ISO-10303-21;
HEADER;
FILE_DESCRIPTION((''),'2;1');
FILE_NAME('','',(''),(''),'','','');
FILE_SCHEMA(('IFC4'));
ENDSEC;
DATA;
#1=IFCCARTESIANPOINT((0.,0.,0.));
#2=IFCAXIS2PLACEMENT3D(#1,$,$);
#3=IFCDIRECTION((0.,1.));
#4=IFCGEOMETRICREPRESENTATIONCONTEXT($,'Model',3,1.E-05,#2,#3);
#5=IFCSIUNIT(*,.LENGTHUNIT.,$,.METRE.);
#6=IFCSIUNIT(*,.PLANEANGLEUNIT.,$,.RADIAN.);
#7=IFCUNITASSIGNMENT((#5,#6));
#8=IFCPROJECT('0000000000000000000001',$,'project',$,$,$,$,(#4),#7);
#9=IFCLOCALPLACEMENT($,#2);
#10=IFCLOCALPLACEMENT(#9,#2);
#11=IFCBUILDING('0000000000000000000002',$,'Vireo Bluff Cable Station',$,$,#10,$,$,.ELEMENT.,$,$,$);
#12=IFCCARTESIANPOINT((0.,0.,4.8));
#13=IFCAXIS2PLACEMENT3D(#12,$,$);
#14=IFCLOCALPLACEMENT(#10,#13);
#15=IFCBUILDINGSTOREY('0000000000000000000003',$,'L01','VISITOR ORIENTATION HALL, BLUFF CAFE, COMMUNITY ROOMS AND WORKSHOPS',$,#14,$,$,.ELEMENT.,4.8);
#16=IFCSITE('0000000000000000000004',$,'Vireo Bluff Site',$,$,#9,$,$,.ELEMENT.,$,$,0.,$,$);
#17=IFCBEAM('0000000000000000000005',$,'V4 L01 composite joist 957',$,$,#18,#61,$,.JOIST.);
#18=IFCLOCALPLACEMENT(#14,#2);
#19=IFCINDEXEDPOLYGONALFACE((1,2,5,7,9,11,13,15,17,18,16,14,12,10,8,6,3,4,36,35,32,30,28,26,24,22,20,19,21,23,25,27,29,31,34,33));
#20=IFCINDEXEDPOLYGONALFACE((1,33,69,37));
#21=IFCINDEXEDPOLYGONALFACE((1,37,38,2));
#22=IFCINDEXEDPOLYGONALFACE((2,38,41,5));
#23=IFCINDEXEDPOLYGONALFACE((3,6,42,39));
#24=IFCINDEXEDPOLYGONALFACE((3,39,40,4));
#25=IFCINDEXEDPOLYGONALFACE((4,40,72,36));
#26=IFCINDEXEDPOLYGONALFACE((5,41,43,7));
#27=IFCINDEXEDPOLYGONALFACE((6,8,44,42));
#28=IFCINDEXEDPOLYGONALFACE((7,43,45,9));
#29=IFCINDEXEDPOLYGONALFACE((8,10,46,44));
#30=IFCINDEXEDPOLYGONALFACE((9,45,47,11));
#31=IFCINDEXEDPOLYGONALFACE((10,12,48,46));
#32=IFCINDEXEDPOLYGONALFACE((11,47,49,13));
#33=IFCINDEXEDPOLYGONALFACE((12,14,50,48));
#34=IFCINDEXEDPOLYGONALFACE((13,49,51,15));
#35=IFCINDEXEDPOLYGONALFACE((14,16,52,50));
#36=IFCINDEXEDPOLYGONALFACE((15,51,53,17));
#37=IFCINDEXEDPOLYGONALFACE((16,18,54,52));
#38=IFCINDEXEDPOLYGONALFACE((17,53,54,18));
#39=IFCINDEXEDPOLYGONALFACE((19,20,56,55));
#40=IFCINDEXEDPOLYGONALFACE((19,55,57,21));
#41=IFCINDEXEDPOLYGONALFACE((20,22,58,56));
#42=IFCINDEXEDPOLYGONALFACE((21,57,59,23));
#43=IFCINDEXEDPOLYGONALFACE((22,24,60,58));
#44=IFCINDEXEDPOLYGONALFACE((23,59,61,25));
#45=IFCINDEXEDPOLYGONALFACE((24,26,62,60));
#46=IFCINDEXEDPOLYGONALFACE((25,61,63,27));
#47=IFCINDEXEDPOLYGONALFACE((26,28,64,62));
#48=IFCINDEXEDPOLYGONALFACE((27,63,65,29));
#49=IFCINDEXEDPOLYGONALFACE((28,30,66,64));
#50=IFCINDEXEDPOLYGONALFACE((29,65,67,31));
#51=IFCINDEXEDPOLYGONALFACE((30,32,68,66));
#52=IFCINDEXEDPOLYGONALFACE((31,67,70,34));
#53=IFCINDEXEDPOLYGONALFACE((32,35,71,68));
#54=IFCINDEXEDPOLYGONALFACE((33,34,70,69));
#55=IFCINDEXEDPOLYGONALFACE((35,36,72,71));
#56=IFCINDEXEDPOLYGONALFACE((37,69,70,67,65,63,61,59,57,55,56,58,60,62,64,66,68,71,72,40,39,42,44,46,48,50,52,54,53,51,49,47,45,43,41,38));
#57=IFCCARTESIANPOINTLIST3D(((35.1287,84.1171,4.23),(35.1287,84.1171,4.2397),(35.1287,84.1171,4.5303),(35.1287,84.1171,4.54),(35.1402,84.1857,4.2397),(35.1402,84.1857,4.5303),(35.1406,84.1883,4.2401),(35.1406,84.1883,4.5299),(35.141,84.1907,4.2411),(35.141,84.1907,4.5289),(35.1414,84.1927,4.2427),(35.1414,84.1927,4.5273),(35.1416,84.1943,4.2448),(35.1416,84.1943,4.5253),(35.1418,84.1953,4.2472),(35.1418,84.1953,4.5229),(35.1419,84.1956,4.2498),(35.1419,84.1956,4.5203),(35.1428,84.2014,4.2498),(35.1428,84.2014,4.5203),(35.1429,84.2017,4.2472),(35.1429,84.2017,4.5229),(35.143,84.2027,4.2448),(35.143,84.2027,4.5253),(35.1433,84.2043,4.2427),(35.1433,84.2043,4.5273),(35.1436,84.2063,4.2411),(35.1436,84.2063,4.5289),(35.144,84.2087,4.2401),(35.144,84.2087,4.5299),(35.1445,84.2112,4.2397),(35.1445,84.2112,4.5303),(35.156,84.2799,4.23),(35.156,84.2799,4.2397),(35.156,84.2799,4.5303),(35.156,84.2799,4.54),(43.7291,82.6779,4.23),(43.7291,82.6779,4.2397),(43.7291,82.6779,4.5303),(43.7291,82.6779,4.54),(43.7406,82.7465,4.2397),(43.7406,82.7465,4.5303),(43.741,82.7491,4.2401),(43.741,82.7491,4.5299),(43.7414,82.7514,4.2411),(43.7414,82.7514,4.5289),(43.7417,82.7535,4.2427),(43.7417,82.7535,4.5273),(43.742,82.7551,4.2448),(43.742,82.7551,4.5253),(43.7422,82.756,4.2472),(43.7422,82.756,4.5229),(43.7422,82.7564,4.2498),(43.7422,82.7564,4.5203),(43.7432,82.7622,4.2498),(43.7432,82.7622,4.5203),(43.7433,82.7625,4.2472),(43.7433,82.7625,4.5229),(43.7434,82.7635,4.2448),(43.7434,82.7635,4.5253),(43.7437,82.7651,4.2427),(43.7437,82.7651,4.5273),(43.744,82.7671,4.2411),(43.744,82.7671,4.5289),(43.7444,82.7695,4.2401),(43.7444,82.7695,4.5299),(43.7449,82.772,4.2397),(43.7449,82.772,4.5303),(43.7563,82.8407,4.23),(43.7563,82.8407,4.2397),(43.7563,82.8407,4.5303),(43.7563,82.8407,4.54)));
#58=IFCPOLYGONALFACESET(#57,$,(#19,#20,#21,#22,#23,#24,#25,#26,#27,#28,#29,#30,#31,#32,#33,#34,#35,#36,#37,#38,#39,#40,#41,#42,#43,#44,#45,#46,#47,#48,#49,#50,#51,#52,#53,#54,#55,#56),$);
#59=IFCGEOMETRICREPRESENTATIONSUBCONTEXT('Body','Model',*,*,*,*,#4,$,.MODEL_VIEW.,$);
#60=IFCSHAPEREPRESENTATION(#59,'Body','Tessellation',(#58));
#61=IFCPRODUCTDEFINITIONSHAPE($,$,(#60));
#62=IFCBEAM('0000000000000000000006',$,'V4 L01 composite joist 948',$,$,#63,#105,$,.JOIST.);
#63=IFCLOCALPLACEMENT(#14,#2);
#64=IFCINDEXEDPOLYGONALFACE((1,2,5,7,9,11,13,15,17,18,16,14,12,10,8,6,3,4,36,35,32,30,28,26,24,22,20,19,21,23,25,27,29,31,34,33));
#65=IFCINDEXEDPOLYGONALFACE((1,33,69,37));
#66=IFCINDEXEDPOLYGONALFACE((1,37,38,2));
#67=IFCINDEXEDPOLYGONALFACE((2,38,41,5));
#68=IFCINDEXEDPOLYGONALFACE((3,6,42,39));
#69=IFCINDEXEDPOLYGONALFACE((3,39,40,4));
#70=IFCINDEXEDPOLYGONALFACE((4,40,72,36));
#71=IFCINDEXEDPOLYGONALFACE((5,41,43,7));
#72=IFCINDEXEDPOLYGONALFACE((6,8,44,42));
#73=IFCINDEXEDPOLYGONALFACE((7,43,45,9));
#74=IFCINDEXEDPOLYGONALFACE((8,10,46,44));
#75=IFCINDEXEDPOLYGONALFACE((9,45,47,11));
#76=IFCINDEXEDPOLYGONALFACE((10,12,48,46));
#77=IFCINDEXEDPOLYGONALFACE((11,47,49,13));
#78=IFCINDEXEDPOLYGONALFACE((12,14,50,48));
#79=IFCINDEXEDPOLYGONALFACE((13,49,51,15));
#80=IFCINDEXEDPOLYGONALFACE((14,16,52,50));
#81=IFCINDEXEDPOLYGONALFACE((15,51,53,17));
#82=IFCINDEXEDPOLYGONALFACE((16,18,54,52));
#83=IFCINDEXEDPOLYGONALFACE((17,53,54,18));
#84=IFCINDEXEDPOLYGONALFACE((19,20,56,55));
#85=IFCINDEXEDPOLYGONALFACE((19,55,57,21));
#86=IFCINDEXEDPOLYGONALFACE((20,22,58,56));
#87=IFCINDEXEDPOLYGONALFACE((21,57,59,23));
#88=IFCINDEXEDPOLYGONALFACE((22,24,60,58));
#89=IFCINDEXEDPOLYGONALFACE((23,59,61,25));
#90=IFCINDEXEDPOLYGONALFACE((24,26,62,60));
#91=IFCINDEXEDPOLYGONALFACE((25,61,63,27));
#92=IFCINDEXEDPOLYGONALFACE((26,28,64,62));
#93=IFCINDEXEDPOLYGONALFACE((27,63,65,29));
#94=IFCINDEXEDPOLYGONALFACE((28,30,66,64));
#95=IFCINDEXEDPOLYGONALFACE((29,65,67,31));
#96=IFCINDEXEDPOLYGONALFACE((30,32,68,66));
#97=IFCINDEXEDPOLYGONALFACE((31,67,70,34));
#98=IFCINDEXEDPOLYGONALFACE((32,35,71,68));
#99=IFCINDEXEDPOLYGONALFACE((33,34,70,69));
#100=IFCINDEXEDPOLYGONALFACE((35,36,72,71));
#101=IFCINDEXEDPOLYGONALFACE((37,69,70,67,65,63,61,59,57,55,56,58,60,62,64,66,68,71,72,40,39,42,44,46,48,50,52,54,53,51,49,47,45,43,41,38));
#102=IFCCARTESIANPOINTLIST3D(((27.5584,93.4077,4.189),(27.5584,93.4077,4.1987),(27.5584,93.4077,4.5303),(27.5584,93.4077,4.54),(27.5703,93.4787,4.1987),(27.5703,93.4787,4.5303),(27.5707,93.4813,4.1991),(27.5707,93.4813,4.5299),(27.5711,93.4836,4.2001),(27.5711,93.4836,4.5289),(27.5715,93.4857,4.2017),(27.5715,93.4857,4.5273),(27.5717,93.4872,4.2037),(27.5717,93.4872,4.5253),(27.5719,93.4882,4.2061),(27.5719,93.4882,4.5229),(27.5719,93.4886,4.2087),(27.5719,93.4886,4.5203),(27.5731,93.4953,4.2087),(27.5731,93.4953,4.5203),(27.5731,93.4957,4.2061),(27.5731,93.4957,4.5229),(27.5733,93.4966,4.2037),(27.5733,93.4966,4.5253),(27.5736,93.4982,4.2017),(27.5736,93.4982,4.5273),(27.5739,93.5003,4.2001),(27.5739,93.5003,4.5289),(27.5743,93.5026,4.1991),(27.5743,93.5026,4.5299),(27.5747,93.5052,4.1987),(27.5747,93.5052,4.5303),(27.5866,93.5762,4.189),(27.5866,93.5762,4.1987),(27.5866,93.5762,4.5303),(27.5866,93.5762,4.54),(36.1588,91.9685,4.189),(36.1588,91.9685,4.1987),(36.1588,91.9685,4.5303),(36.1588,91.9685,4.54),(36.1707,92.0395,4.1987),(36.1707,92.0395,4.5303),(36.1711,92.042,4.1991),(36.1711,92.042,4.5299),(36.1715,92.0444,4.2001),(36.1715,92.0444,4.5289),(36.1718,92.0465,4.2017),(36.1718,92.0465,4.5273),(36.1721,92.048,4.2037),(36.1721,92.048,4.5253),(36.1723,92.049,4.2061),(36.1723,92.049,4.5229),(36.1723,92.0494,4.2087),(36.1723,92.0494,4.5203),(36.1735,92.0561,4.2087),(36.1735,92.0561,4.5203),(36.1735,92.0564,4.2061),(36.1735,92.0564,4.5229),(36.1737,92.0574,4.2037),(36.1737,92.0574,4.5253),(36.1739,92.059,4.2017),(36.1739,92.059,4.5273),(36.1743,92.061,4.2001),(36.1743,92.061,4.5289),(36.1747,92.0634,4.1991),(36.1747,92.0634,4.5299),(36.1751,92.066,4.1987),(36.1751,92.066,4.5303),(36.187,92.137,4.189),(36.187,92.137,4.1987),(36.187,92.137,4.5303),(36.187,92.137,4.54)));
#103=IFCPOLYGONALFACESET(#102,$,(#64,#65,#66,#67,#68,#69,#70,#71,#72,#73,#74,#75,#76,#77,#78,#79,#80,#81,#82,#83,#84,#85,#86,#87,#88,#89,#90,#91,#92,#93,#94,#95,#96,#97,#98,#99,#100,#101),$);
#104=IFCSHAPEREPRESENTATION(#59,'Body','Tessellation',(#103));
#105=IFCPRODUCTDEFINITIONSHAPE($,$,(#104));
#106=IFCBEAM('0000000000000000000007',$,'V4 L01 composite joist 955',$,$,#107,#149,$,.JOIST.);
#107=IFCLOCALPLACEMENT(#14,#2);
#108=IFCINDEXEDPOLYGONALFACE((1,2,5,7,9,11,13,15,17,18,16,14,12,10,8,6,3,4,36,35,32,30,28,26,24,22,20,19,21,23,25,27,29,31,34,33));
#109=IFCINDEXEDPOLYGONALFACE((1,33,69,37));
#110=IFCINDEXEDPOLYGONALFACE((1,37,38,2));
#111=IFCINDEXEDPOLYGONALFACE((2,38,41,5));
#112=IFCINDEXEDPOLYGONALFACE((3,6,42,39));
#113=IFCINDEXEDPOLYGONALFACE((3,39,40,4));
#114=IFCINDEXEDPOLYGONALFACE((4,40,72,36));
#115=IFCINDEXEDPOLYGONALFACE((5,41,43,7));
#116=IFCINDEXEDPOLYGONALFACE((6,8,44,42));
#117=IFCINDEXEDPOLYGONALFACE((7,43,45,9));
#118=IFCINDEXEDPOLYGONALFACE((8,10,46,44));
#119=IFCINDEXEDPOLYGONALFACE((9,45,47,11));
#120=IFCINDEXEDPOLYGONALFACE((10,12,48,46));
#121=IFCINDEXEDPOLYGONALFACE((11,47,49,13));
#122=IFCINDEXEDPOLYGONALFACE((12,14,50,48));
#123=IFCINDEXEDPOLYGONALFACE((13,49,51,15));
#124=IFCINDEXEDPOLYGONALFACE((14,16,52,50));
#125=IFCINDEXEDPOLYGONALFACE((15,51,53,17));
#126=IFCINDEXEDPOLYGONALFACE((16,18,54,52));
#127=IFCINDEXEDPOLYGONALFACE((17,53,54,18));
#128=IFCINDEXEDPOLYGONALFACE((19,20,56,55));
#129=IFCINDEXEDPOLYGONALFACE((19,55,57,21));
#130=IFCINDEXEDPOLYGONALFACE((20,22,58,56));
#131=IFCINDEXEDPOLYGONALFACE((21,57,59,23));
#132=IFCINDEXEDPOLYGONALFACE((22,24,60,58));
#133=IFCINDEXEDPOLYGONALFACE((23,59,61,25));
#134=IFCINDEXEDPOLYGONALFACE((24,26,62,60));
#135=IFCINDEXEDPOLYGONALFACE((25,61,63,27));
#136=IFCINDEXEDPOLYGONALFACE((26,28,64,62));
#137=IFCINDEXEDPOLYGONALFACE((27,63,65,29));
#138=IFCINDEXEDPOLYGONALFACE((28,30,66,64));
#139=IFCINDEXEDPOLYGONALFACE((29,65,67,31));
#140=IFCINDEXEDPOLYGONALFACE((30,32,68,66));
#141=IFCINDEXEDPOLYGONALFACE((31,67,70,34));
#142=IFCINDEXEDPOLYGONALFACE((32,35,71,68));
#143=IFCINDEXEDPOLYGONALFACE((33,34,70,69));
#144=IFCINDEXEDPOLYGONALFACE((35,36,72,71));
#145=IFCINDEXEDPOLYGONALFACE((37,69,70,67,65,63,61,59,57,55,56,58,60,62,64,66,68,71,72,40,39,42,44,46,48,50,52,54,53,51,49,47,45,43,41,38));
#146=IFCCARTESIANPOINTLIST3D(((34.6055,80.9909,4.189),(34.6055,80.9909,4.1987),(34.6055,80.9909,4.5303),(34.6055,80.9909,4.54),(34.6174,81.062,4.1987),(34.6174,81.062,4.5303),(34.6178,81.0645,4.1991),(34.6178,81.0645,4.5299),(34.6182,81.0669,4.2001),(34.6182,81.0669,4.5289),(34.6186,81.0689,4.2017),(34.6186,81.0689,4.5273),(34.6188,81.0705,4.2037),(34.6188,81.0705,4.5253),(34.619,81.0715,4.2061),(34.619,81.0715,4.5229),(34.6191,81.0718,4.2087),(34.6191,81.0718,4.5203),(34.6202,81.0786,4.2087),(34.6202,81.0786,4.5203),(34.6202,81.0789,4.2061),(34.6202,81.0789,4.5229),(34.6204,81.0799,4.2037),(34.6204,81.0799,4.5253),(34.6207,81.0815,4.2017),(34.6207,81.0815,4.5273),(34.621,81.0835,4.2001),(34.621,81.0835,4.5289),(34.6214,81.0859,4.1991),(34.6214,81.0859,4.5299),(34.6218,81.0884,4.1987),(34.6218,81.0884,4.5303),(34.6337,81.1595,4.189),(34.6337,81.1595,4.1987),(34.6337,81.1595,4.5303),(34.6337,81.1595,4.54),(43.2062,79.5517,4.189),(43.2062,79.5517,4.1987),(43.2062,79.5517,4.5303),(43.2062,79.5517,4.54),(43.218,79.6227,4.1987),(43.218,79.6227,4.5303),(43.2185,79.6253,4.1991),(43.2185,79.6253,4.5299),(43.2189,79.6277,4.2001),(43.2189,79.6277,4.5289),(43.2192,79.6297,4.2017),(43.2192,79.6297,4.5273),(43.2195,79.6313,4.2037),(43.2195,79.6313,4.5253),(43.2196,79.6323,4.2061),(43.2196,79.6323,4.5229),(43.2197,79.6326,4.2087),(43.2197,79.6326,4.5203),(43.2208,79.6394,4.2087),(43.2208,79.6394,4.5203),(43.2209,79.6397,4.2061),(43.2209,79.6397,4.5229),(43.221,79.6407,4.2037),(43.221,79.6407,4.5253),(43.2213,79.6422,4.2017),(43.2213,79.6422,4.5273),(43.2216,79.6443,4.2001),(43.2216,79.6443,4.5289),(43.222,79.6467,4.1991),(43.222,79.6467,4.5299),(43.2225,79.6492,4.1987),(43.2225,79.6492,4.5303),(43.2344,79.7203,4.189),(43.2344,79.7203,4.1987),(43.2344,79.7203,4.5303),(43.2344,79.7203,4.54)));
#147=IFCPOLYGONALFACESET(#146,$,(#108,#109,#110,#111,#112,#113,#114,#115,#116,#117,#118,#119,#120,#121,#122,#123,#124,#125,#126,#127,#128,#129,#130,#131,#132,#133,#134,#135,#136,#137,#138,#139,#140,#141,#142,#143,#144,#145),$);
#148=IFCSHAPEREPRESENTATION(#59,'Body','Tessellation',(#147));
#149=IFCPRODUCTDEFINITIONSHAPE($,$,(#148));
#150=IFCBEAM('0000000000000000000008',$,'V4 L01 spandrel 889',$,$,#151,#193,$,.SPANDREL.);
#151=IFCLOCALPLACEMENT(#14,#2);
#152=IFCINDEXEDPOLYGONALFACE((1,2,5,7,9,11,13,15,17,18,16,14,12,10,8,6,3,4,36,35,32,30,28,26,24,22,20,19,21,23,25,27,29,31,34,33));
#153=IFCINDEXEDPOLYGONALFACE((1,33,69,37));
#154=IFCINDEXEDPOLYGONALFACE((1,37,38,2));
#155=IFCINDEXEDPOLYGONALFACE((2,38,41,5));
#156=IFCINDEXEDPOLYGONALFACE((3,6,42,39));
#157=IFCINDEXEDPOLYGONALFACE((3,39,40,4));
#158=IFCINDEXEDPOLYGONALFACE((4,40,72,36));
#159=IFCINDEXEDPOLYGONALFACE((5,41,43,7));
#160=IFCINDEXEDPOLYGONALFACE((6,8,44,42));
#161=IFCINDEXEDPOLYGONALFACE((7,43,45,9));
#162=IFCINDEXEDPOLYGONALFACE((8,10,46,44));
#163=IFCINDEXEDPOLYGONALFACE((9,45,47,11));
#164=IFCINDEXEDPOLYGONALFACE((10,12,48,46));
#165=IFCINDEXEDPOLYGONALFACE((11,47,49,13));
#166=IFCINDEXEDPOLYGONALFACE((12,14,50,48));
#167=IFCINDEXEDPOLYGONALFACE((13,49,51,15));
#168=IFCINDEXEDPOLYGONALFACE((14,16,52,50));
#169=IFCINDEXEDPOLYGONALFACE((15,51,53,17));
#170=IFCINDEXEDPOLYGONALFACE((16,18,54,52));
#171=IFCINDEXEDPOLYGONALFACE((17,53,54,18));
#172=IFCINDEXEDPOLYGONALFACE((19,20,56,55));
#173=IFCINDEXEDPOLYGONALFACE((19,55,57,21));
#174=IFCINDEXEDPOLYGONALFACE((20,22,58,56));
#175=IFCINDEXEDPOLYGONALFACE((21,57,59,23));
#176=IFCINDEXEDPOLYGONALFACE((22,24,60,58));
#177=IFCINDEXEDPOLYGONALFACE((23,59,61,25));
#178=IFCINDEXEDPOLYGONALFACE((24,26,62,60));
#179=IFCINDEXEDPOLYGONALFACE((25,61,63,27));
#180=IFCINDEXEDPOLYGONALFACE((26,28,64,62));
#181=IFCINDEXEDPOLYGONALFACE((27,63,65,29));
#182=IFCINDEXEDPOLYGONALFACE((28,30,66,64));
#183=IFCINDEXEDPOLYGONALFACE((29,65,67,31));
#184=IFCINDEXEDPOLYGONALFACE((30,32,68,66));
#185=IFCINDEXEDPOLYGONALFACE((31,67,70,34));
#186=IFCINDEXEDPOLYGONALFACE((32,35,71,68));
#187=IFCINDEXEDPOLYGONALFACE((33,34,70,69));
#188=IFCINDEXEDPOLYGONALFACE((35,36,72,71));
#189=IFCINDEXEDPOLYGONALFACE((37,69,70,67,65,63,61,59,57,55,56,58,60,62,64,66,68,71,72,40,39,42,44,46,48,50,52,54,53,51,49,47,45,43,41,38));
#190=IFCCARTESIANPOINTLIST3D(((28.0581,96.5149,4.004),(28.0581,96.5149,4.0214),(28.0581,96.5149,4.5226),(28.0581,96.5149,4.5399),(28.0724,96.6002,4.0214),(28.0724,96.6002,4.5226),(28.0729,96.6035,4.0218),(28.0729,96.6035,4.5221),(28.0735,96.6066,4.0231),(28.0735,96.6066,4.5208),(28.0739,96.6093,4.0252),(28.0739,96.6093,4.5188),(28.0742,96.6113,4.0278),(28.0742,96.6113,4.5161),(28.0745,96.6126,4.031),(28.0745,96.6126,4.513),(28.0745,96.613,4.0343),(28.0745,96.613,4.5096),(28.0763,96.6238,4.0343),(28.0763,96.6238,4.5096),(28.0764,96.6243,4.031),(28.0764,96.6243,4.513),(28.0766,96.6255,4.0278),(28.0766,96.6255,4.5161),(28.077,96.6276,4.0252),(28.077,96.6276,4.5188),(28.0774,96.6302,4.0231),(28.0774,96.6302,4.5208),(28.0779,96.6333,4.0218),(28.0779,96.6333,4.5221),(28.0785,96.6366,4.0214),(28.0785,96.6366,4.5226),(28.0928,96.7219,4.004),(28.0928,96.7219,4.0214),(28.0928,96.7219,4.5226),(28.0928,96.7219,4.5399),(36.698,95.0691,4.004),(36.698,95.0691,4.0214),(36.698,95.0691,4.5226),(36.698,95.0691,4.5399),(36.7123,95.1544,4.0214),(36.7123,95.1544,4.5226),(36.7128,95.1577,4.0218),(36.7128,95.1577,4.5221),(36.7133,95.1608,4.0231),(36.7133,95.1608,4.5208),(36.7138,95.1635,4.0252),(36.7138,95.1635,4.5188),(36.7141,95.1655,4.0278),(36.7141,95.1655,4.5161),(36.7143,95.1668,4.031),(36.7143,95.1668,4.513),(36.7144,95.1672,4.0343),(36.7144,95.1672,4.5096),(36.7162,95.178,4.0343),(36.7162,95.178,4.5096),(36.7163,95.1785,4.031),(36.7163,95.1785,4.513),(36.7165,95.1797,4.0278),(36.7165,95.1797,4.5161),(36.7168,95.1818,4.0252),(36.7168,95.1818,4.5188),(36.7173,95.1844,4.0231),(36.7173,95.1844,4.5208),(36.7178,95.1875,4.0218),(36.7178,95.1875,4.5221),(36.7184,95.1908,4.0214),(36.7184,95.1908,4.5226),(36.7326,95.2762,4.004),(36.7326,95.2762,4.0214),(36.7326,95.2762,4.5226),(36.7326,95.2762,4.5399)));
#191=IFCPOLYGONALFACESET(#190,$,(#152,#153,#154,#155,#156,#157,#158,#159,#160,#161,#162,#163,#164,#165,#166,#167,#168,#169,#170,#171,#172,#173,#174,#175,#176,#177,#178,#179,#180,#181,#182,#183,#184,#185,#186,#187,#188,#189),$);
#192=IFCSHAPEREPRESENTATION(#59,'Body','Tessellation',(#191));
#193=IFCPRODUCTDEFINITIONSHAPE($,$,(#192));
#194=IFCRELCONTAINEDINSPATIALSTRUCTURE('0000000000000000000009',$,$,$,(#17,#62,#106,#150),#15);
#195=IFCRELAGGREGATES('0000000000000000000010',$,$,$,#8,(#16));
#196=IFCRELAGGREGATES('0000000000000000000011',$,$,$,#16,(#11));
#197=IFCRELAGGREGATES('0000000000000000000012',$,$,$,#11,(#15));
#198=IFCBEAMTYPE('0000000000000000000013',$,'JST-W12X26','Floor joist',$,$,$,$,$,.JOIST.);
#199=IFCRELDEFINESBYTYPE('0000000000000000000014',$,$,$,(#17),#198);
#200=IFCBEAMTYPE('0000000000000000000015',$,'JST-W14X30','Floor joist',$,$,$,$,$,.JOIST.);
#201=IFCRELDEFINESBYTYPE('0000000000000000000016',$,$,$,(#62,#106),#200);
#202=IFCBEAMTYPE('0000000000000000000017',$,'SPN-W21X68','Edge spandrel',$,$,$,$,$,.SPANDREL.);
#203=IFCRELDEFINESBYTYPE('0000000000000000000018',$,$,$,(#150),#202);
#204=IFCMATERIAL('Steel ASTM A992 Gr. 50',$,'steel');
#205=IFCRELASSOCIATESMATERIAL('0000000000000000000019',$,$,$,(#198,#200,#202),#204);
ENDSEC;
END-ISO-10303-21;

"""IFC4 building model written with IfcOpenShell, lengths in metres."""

from ifc_helpers import new_model, si_unit, direction, frame, origin, origin_2d, place, context, subcontext, project, spatial, i_section, extrude, material, material_profile, profile_set, type_object, element, save


model = new_model("IFC4")

# Units and contexts
model_context = context("Model", 3, precision=1e-05, world=origin(), true_north=direction((0.0, 1.0)))
body_context = subcontext(model_context, "Body", "Model", "MODEL_VIEW")
ifc_project = project(units=[si_unit("LENGTHUNIT", "METRE"), si_unit("PLANEANGLEUNIT", "RADIAN")], contexts=[model_context])

# Site, building, storey
site_placement = place(None, origin())
site = spatial("IfcSite", under=ifc_project, at=site_placement, Name="Vireo Bluff Site", CompositionType="ELEMENT", RefElevation=0.0)
building_placement = place(site_placement, origin())
building = spatial("IfcBuilding", under=site, at=building_placement, Name="Vireo Bluff Cable Station", CompositionType="ELEMENT")
storey_placement = place(building_placement, frame((0.0, 0.0, 4.8)))
storey = spatial("IfcBuildingStorey", under=building, at=storey_placement, Name="L01", Description="VISITOR ORIENTATION HALL, BLUFF CAFE, COMMUNITY ROOMS AND WORKSHOPS", CompositionType="ELEMENT", Elevation=4.8)

# Shared definitions
ifc_material_1 = material(Name="Steel ASTM A992 Gr. 50", Category="steel")

# Beams
ifc_material_profile_1 = material_profile(ifc_material_1, i_section(OverallWidth=0.165, OverallDepth=0.3101, WebThickness=0.0059, FlangeThickness=0.0098, FilletRadius=0.01, at=origin_2d()), Name="W12X26")
ifc_profile_set_1 = profile_set([ifc_material_profile_1], Name="Steel ASTM A992 Gr. 50")
beam_type_1 = type_object("IfcBeamType", Name="JST-W12X26", Description="Floor joist", PredefinedType="JOIST", material=ifc_profile_set_1)
beam_1_placement = place(storey_placement, frame((35.1423, 84.1985, 4.385), z_axis=(0.986286, -0.165048, 0.0), x_axis=(0.165048, 0.986286, 0.0)))
element("IfcBeam", 1, at=beam_1_placement, inside=storey, type_object=beam_type_1, Name="V4 L01 composite joist 957", PredefinedType="JOIST", context=body_context, shape_type="SweptSolid", body=[
    extrude(i_section(OverallWidth=0.165, OverallDepth=0.3101, WebThickness=0.0059, FlangeThickness=0.0098, FilletRadius=0.01, at=origin_2d()), origin(), (0.0, 0.0, 1.0), 8.72),
])
ifc_material_profile_2 = material_profile(ifc_material_1, i_section(OverallWidth=0.1709, OverallDepth=0.3511, WebThickness=0.0068, FlangeThickness=0.0098, FilletRadius=0.01, at=origin_2d()), Name="W14X30")
ifc_profile_set_2 = profile_set([ifc_material_profile_2], Name="Steel ASTM A992 Gr. 50")
beam_type_2 = type_object("IfcBeamType", Name="JST-W14X30", Description="Floor joist", PredefinedType="JOIST", material=ifc_profile_set_2)
beam_2_placement = place(storey_placement, frame((27.5725, 93.4919, 4.3645), z_axis=(0.986286, -0.165048, 0.0), x_axis=(0.165048, 0.986286, 0.0)))
element("IfcBeam", 2, at=beam_2_placement, inside=storey, type_object=beam_type_2, Name="V4 L01 composite joist 948", PredefinedType="JOIST", context=body_context, shape_type="SweptSolid", body=[
    extrude(i_section(OverallWidth=0.1709, OverallDepth=0.3511, WebThickness=0.0068, FlangeThickness=0.0098, FilletRadius=0.01, at=origin_2d()), origin(), (0.0, 0.0, 1.0), 8.72),
])
beam_3_placement = place(storey_placement, frame((34.6196, 81.0752, 4.3645), z_axis=(0.986286, -0.165044, 0.0), x_axis=(0.165044, 0.986286, 0.0)))
element("IfcBeam", 3, at=beam_3_placement, inside=storey, type_object=beam_type_2, Name="V4 L01 composite joist 955", PredefinedType="JOIST", context=body_context, shape_type="SweptSolid", body=[
    extrude(i_section(OverallWidth=0.1709, OverallDepth=0.3511, WebThickness=0.0068, FlangeThickness=0.0098, FilletRadius=0.01, at=origin_2d()), origin(), (0.0, 0.0, 1.0), 8.7202),
])
ifc_material_profile_3 = material_profile(ifc_material_1, i_section(OverallWidth=0.21, OverallDepth=0.5359, WebThickness=0.011, FlangeThickness=0.0173, FilletRadius=0.0129, at=origin_2d()), Name="W21X68")
ifc_profile_set_3 = profile_set([ifc_material_profile_3], Name="Steel ASTM A992 Gr. 50")
beam_type_3 = type_object("IfcBeamType", Name="SPN-W21X68", Description="Edge spandrel", PredefinedType="SPANDREL", material=ifc_profile_set_3)
beam_4_placement = place(storey_placement, frame((28.0754, 96.6184, 4.272), z_axis=(0.986286, -0.165045, 0.0), x_axis=(0.165045, 0.986286, 0.0)))
element("IfcBeam", 4, at=beam_4_placement, inside=storey, type_object=beam_type_3, Name="V4 L01 spandrel 889", PredefinedType="SPANDREL", context=body_context, shape_type="SweptSolid", body=[
    extrude(i_section(OverallWidth=0.21, OverallDepth=0.5359, WebThickness=0.011, FlangeThickness=0.0173, FilletRadius=0.0129, at=origin_2d()), origin(), (0.0, 0.0, 1.0), 8.76),
])

save(model, "model.ifc")
